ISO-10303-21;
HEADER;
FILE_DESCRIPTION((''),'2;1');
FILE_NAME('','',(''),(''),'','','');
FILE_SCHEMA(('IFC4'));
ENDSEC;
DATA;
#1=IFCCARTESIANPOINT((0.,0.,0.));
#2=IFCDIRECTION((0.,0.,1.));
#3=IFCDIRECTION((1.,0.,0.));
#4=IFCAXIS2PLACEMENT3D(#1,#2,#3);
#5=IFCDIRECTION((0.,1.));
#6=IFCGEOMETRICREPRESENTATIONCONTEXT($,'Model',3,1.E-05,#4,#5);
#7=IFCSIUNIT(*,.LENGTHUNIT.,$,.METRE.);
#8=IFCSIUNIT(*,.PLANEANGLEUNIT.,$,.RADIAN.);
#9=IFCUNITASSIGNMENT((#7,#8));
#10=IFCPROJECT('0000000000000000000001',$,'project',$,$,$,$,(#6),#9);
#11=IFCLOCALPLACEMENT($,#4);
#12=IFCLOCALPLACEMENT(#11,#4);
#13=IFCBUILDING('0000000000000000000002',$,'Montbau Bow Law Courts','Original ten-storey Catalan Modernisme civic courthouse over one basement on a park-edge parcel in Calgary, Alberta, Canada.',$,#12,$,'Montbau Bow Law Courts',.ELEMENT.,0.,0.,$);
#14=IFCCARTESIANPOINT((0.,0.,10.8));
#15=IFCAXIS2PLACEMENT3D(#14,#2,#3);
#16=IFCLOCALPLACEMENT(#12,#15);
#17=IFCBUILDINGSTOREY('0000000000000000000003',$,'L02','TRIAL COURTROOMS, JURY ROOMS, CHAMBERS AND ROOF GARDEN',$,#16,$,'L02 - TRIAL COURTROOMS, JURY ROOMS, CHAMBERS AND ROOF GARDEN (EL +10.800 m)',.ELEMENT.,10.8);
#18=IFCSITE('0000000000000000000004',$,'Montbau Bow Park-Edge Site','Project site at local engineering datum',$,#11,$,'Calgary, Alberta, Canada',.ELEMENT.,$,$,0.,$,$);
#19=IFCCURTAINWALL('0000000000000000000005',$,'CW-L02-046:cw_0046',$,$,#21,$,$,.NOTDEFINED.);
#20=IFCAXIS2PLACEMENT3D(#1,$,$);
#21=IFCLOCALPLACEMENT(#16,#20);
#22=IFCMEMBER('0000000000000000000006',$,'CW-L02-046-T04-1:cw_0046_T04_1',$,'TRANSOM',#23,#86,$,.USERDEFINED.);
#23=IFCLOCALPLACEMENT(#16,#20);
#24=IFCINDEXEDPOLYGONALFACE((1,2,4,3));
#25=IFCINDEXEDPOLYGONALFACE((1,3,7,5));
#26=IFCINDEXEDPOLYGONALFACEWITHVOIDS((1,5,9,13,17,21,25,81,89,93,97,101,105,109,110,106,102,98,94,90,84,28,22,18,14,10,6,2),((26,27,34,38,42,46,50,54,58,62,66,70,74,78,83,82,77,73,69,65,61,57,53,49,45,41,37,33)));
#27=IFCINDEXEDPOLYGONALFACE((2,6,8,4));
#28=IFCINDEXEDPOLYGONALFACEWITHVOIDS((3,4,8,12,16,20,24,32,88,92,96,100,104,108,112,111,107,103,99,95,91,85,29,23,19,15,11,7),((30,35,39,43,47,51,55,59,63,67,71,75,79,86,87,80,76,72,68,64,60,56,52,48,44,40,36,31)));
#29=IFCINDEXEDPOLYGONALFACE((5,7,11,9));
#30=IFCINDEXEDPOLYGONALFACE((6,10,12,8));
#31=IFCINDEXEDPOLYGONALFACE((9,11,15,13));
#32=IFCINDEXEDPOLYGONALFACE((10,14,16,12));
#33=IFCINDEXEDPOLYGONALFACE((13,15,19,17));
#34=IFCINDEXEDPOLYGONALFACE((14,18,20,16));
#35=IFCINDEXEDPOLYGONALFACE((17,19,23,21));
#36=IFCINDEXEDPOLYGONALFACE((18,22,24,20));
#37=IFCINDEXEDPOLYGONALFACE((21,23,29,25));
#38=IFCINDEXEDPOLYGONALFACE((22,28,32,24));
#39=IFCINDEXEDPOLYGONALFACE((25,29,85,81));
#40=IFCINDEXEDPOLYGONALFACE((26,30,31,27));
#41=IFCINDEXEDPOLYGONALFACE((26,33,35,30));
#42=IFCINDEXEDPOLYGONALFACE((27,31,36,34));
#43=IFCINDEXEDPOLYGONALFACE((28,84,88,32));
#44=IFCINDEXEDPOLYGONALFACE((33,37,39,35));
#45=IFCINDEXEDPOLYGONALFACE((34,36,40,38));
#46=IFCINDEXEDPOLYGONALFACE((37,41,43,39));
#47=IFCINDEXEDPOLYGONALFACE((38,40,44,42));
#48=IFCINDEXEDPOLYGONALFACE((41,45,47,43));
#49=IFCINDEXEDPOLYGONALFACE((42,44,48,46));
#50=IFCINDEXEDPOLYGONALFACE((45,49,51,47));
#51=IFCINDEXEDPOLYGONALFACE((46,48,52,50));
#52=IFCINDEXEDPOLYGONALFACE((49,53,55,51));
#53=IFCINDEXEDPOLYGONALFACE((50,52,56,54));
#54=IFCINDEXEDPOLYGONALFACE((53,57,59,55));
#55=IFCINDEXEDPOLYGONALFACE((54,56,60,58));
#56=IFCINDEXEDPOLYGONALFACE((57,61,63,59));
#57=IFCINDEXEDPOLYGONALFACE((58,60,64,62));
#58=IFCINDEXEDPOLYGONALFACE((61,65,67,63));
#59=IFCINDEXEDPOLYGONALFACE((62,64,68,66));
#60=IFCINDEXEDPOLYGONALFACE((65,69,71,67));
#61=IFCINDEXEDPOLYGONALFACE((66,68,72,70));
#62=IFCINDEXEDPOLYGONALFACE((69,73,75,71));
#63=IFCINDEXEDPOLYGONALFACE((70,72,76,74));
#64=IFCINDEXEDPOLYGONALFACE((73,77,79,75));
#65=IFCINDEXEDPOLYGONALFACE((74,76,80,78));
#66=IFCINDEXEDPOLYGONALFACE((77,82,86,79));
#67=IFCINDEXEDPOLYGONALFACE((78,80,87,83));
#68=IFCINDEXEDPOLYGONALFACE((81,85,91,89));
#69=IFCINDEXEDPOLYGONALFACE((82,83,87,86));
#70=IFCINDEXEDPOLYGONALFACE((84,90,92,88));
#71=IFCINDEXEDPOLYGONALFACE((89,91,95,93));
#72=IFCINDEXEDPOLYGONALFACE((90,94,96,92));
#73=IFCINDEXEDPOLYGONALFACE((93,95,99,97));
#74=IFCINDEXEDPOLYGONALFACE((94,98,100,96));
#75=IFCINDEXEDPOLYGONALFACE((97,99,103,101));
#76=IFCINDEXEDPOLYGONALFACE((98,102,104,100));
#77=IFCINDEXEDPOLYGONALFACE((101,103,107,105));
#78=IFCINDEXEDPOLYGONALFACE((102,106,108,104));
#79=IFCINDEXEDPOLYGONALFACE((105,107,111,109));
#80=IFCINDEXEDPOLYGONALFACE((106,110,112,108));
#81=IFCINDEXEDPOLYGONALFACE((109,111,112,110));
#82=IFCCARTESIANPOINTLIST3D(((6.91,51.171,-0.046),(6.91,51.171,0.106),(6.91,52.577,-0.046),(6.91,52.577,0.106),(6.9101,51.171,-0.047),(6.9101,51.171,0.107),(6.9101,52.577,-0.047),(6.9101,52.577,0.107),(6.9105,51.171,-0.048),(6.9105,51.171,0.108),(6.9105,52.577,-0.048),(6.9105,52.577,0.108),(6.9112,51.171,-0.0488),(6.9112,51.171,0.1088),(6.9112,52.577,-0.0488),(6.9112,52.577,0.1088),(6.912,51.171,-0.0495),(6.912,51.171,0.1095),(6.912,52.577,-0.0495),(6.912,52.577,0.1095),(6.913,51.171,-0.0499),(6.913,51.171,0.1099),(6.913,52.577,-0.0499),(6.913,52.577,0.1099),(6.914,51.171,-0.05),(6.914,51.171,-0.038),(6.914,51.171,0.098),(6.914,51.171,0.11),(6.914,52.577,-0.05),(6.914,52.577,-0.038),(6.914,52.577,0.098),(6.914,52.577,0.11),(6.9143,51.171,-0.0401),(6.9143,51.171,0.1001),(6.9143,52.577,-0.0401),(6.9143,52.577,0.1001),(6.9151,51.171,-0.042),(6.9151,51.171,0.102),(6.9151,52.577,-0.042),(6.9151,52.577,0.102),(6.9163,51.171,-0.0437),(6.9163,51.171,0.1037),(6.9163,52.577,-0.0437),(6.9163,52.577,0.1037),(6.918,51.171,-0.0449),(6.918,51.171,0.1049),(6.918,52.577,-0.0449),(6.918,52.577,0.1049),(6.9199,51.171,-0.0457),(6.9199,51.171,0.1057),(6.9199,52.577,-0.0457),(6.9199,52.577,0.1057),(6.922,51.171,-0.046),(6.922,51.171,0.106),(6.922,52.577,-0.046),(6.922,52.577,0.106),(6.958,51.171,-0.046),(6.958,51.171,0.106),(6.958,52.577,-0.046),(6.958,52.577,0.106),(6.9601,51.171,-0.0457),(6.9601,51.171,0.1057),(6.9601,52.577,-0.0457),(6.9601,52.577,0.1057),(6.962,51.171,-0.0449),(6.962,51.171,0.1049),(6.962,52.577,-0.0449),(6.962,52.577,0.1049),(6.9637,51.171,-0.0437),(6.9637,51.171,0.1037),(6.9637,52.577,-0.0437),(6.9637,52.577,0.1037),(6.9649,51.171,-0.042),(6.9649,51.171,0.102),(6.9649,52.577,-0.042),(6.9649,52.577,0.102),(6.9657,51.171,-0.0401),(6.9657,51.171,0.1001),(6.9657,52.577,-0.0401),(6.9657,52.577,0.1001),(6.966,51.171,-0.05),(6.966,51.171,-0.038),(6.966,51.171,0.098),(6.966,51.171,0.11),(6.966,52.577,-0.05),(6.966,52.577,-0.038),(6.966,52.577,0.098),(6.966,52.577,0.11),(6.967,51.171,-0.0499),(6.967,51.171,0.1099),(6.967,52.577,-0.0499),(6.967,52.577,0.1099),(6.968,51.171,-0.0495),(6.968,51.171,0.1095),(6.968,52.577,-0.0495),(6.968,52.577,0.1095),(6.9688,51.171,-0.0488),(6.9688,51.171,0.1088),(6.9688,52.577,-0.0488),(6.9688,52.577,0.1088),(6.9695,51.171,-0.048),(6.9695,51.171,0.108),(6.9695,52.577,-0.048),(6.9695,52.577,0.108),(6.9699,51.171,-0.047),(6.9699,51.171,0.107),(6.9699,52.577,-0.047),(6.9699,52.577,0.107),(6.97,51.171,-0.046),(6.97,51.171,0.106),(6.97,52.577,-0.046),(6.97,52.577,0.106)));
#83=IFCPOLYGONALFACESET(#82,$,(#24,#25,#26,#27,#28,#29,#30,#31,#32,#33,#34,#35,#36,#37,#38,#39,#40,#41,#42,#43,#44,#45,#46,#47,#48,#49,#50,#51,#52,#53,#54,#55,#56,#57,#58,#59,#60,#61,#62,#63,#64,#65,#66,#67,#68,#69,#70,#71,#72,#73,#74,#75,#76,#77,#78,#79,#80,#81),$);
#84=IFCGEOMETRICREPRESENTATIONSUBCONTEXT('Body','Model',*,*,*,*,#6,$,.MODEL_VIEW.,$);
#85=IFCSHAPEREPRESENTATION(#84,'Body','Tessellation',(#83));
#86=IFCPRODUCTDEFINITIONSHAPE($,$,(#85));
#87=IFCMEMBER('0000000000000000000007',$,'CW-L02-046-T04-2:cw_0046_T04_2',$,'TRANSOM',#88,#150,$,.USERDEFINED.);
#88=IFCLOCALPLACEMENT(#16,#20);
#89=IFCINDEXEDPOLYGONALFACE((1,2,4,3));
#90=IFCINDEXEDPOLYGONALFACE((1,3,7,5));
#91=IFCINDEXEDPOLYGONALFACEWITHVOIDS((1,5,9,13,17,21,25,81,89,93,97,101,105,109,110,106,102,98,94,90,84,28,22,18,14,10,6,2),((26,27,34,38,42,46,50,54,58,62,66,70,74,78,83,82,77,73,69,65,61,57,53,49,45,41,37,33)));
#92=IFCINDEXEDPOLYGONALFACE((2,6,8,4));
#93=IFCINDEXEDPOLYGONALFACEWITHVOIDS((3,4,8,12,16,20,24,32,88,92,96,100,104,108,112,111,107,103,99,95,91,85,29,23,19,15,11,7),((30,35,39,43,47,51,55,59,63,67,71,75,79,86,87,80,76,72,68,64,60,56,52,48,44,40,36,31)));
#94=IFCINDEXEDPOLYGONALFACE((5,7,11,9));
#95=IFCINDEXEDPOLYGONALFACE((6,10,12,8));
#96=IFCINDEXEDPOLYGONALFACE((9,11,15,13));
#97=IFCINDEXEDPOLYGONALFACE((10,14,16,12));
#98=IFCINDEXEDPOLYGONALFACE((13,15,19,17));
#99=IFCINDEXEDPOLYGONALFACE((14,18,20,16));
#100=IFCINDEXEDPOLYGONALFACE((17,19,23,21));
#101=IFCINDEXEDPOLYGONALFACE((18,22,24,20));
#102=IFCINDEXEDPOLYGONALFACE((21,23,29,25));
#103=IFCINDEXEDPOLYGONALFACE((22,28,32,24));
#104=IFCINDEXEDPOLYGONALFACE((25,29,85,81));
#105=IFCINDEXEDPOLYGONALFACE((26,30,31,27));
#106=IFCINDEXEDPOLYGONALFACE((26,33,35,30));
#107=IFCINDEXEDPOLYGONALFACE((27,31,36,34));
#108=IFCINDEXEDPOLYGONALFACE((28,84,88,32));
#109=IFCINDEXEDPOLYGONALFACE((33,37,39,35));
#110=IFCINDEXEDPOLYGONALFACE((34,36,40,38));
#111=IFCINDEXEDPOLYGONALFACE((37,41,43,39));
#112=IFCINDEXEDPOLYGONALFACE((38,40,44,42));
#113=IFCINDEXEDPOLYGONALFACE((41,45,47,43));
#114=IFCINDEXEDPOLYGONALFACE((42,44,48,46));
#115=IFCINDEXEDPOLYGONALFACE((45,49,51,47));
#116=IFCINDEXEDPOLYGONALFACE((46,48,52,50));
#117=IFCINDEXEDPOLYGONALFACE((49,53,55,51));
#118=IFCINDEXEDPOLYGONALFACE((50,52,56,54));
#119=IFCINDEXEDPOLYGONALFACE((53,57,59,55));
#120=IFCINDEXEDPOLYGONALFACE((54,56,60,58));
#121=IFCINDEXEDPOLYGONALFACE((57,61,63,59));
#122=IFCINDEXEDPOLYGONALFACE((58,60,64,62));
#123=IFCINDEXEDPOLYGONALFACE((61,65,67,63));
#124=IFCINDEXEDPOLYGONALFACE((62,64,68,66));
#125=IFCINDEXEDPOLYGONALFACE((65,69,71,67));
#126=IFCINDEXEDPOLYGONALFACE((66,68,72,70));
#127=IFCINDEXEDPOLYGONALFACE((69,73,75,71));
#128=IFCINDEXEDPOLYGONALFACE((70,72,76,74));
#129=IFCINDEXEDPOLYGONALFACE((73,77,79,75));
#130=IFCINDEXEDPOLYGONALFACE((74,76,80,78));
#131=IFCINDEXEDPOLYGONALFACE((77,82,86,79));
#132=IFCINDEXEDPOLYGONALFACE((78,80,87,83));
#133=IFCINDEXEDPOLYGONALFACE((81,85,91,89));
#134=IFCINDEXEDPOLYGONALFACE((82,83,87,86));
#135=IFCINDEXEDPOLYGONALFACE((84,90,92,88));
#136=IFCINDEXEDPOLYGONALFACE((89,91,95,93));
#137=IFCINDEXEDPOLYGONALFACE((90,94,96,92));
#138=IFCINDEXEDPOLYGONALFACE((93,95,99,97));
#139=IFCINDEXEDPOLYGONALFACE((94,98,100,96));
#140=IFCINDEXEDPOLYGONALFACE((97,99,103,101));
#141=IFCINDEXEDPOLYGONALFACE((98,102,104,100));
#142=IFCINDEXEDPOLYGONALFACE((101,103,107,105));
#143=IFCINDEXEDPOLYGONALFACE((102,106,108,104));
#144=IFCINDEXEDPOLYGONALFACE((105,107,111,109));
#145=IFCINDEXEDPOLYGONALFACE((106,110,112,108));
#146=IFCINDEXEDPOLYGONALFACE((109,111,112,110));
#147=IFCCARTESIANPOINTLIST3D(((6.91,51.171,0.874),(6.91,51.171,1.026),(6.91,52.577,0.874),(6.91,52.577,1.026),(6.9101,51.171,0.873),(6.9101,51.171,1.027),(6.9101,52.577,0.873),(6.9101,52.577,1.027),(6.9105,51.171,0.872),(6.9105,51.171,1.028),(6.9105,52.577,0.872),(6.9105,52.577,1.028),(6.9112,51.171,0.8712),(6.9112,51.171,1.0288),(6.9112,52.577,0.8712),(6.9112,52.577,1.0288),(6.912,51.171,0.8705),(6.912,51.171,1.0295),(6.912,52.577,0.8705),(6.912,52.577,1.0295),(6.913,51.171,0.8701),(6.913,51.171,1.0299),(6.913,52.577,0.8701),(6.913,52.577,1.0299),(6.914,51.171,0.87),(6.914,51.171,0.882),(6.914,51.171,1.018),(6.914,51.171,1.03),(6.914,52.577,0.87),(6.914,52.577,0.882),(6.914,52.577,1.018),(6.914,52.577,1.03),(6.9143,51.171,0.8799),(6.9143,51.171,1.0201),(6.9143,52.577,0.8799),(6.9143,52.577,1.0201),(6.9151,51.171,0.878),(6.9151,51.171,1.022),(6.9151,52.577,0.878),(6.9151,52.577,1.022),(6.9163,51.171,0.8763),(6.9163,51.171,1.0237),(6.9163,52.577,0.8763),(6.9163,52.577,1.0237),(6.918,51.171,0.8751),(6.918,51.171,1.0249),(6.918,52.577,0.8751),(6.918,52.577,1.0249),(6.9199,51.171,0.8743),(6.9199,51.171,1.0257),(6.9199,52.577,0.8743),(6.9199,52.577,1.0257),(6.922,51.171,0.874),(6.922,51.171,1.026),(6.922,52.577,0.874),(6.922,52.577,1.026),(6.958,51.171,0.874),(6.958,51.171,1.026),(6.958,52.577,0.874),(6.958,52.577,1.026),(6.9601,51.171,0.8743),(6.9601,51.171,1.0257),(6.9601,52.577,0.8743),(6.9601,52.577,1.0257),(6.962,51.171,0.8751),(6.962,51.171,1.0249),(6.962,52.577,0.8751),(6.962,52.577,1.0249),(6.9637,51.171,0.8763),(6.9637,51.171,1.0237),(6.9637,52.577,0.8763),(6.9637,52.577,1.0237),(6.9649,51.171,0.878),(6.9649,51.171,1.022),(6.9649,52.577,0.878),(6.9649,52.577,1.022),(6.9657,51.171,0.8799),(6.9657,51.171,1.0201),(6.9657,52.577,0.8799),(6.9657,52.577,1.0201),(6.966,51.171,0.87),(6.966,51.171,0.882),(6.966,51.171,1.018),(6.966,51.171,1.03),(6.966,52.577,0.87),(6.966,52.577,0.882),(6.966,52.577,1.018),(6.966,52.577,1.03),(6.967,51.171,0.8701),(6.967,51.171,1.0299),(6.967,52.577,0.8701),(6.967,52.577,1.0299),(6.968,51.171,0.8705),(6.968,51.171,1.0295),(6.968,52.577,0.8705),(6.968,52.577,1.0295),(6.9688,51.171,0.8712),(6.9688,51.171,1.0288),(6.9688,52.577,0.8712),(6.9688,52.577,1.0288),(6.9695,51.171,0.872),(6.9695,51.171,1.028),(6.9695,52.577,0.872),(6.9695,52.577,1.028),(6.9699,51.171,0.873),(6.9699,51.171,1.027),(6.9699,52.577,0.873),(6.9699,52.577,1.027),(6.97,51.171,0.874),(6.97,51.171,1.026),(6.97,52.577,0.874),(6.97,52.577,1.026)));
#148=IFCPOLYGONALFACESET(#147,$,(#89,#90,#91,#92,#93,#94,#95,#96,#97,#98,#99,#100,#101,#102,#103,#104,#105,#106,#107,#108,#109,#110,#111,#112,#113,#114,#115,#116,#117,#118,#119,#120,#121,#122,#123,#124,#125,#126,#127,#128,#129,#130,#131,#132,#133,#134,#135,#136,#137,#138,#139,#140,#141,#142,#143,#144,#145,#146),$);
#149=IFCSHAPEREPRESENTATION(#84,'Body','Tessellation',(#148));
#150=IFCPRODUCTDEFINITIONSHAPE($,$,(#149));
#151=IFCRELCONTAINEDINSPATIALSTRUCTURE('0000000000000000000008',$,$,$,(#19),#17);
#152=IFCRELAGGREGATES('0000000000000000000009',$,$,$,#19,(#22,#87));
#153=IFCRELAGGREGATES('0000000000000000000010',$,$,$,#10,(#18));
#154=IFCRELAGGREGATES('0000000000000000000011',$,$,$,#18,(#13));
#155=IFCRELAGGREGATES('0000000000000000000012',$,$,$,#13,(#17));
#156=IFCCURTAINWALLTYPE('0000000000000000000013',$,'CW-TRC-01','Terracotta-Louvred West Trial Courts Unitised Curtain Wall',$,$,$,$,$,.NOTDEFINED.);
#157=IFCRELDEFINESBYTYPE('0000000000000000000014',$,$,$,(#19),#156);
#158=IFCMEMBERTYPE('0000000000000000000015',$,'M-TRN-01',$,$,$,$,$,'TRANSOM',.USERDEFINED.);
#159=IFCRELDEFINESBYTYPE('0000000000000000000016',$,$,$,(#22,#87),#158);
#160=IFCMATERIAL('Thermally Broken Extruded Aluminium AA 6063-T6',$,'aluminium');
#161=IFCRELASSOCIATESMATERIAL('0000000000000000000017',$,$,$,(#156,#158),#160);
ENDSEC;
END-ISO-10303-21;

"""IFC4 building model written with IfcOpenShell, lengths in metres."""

from ifc_helpers import new_model, si_unit, direction, frame, origin_with_axes, origin_2d_with_axis, place, context, subcontext, project, spatial, hollow_rectangle, extrude, material, material_profile, profile_set, type_object, element, aggregate, save


model = new_model("IFC4")

# Units and contexts
model_context = context("Model", 3, precision=1e-05, world=origin_with_axes(), true_north=direction((0.0, 1.0)))
body_context = subcontext(model_context, "Body", "Model", "MODEL_VIEW")
ifc_project = project(units=[si_unit("LENGTHUNIT", "METRE"), si_unit("PLANEANGLEUNIT", "RADIAN")], contexts=[model_context])

# Site, building, storey
site_placement = place(None, origin_with_axes())
site = spatial("IfcSite", under=ifc_project, at=site_placement, Name="Montbau Bow Park-Edge Site", Description="Project site at local engineering datum", LongName="Calgary, Alberta, Canada", CompositionType="ELEMENT", RefElevation=0.0)
building_placement = place(site_placement, origin_with_axes())
building = spatial("IfcBuilding", under=site, at=building_placement, Name="Montbau Bow Law Courts", Description="Original ten-storey Catalan Modernisme civic courthouse over one basement on a park-edge parcel in Calgary, Alberta, Canada.", LongName="Montbau Bow Law Courts", CompositionType="ELEMENT", ElevationOfRefHeight=0.0, ElevationOfTerrain=0.0)
storey_placement = place(building_placement, frame((0.0, 0.0, 10.8), z_axis=(0.0, 0.0, 1.0), x_axis=(1.0, 0.0, 0.0)))
storey = spatial("IfcBuildingStorey", under=building, at=storey_placement, Name="L02", Description="TRIAL COURTROOMS, JURY ROOMS, CHAMBERS AND ROOF GARDEN", LongName="L02 - TRIAL COURTROOMS, JURY ROOMS, CHAMBERS AND ROOF GARDEN (EL +10.800 m)", CompositionType="ELEMENT", Elevation=10.8)

# Curtain wall, members
ifc_material_1 = material(Name="Thermally Broken Extruded Aluminium AA 6063-T6", Category="aluminium")
curtain_wall_type = type_object("IfcCurtainWallType", Name="CW-TRC-01", Description="Terracotta-Louvred West Trial Courts Unitised Curtain Wall", PredefinedType="NOTDEFINED", material=ifc_material_1)
curtain_wall_placement = place(None, frame((6.94, 46.715, 10.8), z_axis=(0.0, 0.0, 1.0), x_axis=(1.0, 0.0, 0.0)))
curtain_wall = element("IfcCurtainWall", 1, at=curtain_wall_placement, inside=storey, type_object=curtain_wall_type, Name="CW-L02-046:cw_0046", PredefinedType="NOTDEFINED")
ifc_material_profile_1 = material_profile(ifc_material_1, hollow_rectangle(XDim=0.06, YDim=0.16, WallThickness=0.004, InnerFilletRadius=0.008, OuterFilletRadius=0.004, at=origin_2d_with_axis()), Name="CWT-160X60", Category="Main", Priority=0)
ifc_profile_set_1 = profile_set([ifc_material_profile_1], Name="Thermally Broken Extruded Aluminium AA 6063-T6")
member_type_1 = type_object("IfcMemberType", Name="M-TRN-01", ElementType="TRANSOM", PredefinedType="USERDEFINED", material=ifc_profile_set_1)
member_1_placement = place(None, frame((6.94, 51.171, 10.83), z_axis=(0.0, 1.0, 0.0), x_axis=(-1.0, 0.0, 0.0)))
member_1 = element("IfcMember", 2, at=member_1_placement, type_object=member_type_1, Name="CW-L02-046-T04-1:cw_0046_T04_1", ObjectType="TRANSOM", PredefinedType="USERDEFINED", context=body_context, shape_type="SweptSolid", body=[
    extrude(hollow_rectangle(XDim=0.06, YDim=0.16, WallThickness=0.004, InnerFilletRadius=0.008, OuterFilletRadius=0.004, at=origin_2d_with_axis()), origin_with_axes(), (0.0, 0.0, 1.0), 1.406),
])
member_2_placement = place(None, frame((6.94, 51.171, 11.75), z_axis=(0.0, 1.0, 0.0), x_axis=(-1.0, 0.0, 0.0)))
member_2 = element("IfcMember", 3, at=member_2_placement, type_object=member_type_1, Name="CW-L02-046-T04-2:cw_0046_T04_2", ObjectType="TRANSOM", PredefinedType="USERDEFINED", context=body_context, shape_type="SweptSolid", body=[
    extrude(hollow_rectangle(XDim=0.06, YDim=0.16, WallThickness=0.004, InnerFilletRadius=0.008, OuterFilletRadius=0.004, at=origin_2d_with_axis()), origin_with_axes(), (0.0, 0.0, 1.0), 1.406),
])
aggregate(curtain_wall, [member_1, member_2])

save(model, "model.ifc")
